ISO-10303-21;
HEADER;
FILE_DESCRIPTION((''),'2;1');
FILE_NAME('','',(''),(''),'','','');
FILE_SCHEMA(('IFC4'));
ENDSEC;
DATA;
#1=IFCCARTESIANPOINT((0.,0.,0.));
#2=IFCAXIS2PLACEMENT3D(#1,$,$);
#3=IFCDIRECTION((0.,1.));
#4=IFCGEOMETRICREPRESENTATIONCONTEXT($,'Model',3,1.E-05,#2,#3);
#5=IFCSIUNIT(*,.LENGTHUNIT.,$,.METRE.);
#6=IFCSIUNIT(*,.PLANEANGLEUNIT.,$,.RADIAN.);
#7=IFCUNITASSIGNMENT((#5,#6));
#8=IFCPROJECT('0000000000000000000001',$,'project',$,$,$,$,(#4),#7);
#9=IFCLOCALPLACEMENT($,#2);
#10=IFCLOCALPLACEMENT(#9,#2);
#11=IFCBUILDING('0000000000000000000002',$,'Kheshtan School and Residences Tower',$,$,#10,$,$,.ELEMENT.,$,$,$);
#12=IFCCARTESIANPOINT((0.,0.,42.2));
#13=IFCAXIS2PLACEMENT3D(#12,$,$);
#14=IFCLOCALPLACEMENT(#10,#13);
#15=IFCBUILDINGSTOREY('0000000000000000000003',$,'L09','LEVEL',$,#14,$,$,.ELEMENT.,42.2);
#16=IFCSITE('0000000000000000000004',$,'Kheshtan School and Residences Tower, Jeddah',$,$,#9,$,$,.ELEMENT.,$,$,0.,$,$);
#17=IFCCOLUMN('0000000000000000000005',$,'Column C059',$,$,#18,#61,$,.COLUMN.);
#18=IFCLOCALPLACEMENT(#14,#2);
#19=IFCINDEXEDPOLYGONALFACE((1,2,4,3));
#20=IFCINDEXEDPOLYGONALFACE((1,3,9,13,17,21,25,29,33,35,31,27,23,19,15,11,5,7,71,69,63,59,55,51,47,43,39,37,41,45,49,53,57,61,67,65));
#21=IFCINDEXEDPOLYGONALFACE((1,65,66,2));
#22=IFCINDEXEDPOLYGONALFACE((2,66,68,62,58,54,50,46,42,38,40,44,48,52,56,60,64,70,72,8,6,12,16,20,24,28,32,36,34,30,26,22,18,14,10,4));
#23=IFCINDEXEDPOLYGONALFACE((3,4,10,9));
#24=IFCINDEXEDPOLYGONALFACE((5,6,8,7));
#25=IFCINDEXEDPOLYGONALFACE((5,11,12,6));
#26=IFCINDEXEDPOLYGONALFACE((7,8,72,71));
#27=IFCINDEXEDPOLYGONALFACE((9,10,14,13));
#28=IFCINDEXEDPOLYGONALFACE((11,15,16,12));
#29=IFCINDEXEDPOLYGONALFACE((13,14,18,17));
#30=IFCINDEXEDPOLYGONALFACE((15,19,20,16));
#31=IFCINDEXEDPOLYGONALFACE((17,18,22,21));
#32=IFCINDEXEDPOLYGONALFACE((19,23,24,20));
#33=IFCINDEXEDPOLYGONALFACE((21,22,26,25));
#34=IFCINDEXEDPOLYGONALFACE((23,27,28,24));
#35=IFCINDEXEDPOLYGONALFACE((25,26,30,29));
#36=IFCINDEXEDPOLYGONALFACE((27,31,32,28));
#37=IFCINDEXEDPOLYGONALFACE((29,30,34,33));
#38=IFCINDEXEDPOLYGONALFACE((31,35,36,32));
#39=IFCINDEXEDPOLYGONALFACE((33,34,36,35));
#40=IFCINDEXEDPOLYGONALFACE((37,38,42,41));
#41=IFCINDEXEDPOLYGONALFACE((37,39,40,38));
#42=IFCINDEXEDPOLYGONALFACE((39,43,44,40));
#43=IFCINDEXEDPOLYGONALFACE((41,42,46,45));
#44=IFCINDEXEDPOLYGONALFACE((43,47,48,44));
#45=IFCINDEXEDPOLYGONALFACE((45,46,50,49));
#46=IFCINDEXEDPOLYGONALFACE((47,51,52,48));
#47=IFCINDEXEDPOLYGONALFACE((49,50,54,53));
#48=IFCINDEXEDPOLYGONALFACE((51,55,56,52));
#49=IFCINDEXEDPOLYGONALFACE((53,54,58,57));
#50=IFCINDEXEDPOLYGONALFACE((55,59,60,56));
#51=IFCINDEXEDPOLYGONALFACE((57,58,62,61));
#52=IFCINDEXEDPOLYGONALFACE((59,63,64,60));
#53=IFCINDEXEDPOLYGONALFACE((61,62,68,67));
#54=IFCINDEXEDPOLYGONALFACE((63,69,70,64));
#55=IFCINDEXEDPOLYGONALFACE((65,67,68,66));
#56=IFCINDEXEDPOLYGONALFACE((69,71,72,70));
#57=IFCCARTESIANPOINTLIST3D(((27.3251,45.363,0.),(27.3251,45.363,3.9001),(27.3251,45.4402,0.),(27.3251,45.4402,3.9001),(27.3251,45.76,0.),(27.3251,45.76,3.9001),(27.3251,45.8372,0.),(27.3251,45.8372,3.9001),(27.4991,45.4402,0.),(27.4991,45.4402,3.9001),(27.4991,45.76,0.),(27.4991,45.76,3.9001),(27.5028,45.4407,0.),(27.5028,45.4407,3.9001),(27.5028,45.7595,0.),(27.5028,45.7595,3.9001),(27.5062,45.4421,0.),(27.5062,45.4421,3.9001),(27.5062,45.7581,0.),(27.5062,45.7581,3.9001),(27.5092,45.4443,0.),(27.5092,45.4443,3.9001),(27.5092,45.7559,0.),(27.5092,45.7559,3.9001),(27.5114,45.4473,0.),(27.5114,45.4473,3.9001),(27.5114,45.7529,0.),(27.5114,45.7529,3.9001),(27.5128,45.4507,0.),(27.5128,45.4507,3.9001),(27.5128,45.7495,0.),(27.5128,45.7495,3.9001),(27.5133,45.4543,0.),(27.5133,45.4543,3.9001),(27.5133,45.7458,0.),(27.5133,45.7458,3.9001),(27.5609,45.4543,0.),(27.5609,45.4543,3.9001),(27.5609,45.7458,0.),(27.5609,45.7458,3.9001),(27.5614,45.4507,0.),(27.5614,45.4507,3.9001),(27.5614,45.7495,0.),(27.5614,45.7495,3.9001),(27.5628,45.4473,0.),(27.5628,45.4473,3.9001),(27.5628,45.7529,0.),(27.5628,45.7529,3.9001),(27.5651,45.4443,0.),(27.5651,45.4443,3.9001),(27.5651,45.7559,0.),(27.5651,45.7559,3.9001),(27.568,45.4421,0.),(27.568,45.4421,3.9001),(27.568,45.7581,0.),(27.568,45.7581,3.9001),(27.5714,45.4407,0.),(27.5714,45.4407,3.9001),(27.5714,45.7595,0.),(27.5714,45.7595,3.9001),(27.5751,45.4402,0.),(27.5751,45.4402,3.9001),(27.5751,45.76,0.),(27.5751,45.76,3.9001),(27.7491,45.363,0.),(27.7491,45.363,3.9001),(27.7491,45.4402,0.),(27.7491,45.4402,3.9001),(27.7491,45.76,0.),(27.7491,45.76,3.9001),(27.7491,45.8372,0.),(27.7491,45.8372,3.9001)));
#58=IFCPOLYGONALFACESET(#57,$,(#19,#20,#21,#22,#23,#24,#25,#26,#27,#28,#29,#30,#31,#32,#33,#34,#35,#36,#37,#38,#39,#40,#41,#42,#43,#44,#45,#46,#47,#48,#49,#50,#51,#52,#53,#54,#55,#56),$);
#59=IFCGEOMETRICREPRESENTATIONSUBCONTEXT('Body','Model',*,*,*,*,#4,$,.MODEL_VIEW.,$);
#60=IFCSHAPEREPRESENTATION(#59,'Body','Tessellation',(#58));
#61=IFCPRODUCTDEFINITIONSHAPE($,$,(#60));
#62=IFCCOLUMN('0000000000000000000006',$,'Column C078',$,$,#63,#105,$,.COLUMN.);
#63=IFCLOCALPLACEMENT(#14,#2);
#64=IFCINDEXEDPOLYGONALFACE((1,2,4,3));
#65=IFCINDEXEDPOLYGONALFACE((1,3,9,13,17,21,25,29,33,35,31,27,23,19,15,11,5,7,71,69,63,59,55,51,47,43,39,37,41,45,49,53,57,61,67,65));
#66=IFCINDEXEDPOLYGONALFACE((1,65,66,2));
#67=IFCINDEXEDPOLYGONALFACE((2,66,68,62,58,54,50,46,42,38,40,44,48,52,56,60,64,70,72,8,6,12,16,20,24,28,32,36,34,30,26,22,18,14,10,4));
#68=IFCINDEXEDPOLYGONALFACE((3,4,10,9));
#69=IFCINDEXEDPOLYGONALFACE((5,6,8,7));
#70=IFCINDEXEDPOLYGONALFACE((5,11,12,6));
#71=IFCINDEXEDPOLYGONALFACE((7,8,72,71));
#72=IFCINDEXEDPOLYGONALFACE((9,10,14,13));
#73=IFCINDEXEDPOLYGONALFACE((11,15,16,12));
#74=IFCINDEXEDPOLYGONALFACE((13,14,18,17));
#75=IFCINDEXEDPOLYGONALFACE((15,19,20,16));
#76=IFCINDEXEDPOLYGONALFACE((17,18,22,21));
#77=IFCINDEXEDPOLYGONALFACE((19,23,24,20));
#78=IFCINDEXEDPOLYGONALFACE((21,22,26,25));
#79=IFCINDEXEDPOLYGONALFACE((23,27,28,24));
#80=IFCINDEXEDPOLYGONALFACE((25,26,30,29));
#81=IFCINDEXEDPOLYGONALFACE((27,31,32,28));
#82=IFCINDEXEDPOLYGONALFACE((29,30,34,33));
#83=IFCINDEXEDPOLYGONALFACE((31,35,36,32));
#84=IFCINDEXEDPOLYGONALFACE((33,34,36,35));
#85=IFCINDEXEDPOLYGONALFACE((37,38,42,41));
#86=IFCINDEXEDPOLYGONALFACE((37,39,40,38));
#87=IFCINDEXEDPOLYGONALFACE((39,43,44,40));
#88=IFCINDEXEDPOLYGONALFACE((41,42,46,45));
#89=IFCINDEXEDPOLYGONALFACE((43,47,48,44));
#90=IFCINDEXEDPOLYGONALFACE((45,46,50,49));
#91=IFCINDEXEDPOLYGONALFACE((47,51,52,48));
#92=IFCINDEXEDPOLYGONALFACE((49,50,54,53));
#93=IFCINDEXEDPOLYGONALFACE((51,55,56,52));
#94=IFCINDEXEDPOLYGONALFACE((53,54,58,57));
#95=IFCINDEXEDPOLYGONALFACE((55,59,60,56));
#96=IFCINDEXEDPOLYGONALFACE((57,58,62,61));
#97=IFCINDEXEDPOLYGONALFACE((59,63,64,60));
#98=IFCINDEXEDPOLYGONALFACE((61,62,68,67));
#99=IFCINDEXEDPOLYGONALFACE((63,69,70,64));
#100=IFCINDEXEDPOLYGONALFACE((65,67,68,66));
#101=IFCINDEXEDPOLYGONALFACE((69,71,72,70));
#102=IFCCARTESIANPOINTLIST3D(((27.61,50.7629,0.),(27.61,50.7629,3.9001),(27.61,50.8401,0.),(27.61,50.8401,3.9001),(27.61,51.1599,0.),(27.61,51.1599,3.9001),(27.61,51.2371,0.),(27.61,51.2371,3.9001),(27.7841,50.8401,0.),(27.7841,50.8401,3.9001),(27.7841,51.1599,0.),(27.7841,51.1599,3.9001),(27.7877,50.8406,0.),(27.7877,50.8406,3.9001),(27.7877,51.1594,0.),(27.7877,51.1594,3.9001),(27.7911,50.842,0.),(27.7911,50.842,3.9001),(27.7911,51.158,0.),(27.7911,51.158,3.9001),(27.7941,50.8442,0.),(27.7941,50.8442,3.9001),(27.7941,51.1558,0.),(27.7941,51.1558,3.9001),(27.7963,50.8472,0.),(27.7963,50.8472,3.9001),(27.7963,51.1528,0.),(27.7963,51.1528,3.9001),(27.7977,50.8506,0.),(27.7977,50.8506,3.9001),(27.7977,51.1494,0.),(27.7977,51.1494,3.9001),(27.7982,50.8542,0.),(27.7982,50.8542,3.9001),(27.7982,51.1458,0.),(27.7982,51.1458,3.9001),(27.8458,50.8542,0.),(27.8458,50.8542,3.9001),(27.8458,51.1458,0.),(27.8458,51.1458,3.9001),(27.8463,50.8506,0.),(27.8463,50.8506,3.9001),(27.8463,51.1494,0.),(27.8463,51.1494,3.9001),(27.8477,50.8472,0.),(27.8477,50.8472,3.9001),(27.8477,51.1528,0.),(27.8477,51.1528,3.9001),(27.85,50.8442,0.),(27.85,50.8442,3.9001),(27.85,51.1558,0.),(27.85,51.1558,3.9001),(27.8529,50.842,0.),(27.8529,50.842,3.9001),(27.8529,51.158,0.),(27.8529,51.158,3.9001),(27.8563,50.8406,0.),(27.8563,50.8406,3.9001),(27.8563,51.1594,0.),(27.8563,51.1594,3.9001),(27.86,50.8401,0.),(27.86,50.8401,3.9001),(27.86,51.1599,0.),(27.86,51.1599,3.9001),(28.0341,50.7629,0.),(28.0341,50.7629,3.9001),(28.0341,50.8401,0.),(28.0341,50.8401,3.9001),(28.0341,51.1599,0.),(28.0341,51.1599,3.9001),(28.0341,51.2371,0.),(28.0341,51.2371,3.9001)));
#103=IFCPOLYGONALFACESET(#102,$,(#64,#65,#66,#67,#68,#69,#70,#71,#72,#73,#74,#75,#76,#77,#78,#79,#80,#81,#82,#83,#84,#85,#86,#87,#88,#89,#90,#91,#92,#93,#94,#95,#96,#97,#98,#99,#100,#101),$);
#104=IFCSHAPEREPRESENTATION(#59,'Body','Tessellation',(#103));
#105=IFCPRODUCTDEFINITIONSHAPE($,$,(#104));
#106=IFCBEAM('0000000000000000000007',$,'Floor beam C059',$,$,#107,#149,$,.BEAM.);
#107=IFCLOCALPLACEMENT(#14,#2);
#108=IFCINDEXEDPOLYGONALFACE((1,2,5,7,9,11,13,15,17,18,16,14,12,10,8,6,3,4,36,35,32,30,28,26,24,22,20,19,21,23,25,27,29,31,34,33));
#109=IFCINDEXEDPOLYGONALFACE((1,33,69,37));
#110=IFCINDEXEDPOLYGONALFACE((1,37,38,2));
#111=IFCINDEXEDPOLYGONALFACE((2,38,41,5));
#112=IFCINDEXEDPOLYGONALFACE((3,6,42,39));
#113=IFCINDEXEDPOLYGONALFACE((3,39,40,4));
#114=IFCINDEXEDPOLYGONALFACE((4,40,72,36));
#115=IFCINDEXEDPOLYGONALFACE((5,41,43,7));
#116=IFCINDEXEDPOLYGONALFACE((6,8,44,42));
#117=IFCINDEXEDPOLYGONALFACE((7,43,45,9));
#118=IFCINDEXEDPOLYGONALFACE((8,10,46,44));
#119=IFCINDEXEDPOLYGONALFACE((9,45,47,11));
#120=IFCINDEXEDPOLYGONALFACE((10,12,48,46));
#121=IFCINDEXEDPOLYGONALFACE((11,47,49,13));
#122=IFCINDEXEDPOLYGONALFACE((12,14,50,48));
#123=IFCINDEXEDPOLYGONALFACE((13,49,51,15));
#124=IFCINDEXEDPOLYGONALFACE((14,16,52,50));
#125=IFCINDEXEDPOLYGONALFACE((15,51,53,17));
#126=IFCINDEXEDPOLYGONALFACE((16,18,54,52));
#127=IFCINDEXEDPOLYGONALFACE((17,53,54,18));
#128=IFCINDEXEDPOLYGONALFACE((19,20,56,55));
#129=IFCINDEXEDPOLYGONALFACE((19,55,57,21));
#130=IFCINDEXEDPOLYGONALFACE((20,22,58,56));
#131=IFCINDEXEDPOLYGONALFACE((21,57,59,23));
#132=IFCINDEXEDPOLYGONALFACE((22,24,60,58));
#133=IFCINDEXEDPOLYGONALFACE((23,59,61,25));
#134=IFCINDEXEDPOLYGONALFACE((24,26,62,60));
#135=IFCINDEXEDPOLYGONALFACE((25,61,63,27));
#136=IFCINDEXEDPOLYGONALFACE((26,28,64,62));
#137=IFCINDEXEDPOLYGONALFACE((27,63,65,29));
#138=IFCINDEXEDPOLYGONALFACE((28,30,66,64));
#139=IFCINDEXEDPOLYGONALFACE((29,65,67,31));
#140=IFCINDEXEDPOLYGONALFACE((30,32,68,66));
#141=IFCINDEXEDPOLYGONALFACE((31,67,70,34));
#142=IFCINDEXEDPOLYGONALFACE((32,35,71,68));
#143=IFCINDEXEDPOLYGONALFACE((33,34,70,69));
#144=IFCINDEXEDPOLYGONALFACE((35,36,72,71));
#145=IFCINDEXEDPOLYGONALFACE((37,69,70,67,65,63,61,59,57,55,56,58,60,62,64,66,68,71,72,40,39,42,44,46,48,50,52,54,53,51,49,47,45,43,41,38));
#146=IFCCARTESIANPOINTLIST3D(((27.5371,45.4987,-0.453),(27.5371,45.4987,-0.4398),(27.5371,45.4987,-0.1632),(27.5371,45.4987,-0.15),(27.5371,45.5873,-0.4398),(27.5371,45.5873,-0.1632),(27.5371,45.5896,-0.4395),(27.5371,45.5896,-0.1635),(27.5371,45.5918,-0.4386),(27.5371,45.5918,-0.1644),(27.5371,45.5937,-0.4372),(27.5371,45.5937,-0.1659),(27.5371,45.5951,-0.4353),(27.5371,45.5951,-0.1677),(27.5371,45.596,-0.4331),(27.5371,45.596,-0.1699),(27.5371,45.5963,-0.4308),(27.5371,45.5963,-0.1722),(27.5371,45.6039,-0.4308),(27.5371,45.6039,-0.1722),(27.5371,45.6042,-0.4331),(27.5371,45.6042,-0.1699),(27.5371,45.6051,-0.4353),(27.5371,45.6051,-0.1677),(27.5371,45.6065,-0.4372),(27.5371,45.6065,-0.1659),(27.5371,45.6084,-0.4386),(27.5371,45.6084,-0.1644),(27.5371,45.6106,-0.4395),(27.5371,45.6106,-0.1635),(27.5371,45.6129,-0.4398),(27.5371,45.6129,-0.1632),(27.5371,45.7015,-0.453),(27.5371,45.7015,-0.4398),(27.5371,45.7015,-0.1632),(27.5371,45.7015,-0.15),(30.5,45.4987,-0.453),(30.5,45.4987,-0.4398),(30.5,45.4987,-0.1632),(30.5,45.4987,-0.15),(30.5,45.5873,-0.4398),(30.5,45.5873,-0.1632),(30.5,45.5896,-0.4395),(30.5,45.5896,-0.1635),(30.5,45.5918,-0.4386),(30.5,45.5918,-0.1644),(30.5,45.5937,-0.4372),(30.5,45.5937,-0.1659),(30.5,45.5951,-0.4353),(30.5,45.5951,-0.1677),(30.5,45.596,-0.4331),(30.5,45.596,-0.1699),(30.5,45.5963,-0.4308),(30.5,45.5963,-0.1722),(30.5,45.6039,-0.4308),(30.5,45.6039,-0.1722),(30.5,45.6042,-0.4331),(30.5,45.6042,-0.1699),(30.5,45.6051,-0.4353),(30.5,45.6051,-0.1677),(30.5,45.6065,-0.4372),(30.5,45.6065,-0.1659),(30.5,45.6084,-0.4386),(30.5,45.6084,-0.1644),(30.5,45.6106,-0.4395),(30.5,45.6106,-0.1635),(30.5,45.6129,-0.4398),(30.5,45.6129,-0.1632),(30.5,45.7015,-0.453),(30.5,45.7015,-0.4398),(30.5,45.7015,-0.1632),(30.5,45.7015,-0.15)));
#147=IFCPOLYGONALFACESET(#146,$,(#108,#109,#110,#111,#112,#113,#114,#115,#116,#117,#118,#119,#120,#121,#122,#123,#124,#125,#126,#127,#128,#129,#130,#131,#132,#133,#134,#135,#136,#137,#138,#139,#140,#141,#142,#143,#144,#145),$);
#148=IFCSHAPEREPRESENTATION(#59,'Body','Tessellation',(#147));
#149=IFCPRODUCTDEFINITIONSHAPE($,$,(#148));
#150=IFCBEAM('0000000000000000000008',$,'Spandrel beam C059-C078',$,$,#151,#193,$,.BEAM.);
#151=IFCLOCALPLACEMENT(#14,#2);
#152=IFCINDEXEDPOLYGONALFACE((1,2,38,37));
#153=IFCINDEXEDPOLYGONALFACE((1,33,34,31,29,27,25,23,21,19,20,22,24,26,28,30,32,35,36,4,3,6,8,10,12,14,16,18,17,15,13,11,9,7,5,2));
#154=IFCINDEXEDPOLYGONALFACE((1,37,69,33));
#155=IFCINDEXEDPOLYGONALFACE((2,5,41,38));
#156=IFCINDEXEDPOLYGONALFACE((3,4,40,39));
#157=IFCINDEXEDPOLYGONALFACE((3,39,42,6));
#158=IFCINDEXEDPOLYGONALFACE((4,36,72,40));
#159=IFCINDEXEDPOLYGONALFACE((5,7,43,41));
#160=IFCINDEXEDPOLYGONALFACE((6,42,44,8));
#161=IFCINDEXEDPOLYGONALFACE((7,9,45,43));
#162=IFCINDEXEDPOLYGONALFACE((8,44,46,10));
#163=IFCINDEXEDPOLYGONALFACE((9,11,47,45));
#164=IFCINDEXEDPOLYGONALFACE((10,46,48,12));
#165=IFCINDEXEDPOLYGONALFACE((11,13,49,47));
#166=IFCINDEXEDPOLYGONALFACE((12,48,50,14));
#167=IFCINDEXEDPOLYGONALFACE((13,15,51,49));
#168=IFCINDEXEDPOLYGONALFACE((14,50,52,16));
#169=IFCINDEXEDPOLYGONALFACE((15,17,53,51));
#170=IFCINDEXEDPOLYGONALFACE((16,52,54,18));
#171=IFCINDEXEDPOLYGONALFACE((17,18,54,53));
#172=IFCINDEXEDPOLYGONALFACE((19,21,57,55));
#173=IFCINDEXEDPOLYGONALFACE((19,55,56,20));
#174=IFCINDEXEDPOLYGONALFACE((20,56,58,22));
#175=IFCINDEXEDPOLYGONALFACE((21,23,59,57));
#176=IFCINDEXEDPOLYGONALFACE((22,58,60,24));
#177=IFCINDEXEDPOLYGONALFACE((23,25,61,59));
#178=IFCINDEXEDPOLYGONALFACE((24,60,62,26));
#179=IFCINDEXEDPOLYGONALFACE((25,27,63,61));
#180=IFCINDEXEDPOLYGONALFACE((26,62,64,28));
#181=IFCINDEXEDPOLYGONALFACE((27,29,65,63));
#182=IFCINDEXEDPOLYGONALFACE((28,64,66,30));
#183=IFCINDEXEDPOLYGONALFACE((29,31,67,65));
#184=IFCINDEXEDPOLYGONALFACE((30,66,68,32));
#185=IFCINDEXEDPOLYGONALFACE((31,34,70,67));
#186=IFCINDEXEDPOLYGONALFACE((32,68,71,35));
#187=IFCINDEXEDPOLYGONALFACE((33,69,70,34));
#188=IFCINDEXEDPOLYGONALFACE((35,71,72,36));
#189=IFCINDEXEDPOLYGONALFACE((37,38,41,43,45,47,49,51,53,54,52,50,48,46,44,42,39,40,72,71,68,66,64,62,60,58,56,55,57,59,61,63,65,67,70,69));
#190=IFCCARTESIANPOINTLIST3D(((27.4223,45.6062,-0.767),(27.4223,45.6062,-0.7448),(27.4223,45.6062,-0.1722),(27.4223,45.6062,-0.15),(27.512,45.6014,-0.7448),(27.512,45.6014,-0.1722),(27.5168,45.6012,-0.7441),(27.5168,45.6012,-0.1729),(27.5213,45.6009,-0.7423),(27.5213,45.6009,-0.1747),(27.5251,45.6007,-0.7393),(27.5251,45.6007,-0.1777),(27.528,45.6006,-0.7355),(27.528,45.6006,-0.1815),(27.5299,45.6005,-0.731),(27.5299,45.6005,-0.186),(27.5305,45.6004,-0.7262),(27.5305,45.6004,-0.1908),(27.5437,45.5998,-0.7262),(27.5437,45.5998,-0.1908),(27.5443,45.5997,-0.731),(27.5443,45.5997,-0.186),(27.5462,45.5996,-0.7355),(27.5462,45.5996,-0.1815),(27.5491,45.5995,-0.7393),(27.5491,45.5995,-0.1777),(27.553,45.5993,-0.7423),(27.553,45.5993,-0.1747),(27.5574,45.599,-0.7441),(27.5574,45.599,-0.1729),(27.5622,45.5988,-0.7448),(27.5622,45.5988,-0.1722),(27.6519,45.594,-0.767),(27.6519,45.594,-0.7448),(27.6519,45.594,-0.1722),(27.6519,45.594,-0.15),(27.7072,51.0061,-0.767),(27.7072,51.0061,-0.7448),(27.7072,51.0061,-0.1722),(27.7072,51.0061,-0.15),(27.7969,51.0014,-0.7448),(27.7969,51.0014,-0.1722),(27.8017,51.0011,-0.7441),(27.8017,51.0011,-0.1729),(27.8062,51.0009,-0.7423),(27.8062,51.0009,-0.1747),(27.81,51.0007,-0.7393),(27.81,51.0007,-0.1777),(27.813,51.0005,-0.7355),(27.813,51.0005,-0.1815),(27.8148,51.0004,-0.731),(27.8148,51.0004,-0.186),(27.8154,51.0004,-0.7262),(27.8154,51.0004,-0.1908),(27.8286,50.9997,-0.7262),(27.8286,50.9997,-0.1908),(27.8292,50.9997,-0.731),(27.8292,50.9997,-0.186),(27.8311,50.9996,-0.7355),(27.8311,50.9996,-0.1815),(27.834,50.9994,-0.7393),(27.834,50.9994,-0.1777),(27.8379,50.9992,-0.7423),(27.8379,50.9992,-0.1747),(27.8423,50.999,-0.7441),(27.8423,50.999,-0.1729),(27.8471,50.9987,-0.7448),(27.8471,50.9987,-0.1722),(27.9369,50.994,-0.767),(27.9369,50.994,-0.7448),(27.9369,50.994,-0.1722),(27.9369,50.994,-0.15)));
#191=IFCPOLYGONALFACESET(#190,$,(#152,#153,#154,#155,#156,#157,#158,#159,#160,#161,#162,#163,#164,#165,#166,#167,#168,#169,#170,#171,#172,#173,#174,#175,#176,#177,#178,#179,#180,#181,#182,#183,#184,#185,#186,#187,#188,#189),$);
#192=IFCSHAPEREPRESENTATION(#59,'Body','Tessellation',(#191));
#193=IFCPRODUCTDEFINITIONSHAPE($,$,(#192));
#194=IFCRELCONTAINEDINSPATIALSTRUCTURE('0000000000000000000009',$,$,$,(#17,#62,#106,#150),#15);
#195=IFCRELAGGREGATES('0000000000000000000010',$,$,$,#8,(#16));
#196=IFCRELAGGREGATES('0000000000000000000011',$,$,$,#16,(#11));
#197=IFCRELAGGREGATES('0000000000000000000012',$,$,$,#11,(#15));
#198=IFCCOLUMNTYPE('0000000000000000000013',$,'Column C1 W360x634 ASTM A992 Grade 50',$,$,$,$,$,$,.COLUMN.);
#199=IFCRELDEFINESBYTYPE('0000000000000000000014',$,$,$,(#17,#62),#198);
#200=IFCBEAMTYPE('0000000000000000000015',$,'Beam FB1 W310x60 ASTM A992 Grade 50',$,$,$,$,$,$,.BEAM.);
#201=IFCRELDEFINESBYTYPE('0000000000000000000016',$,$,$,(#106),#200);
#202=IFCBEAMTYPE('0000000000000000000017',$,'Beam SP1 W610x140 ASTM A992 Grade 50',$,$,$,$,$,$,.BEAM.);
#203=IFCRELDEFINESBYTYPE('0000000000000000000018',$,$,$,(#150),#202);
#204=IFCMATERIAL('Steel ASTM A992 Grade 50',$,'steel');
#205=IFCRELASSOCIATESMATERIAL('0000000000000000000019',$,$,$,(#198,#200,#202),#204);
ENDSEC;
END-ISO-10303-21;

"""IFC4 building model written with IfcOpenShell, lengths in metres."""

from ifc_helpers import new_model, si_unit, direction, frame, origin, origin_2d, place, context, subcontext, project, spatial, i_section, extrude, material, material_profile, profile_set, type_object, element, save


model = new_model("IFC4")

# Units and contexts
model_context = context("Model", 3, precision=1e-05, world=origin(), true_north=direction((0.0, 1.0)))
body_context = subcontext(model_context, "Body", "Model", "MODEL_VIEW")
ifc_project = project(units=[si_unit("LENGTHUNIT", "METRE"), si_unit("PLANEANGLEUNIT", "RADIAN")], contexts=[model_context])

# Site, building, storey
site_placement = place(None, origin())
site = spatial("IfcSite", under=ifc_project, at=site_placement, Name="Kheshtan School and Residences Tower, Jeddah", CompositionType="ELEMENT", RefElevation=0.0)
building_placement = place(site_placement, origin())
building = spatial("IfcBuilding", under=site, at=building_placement, Name="Kheshtan School and Residences Tower", CompositionType="ELEMENT")
storey_placement = place(building_placement, frame((0.0, 0.0, 42.2)))
storey = spatial("IfcBuildingStorey", under=building, at=storey_placement, Name="L09", Description="LEVEL", CompositionType="ELEMENT", Elevation=42.2)

# Columns
ifc_material_1 = material(Name="Steel ASTM A992 Grade 50", Category="steel")
ifc_material_profile_1 = material_profile(ifc_material_1, i_section(OverallWidth=0.4241, OverallDepth=0.4741, WebThickness=0.0476, FlangeThickness=0.0771, FilletRadius=0.0142, at=origin_2d()), Name="W360x634")
ifc_profile_set_1 = profile_set([ifc_material_profile_1], Name="Steel ASTM A992 Grade 50")
column_type = type_object("IfcColumnType", Name="Column C1 W360x634 ASTM A992 Grade 50", PredefinedType="COLUMN", material=ifc_profile_set_1)
for number, where, z_axis, x_axis, name in (
    (1, (27.5371, 45.6001, 0.0), (0.0, 0.0, 1.0), (1.0, 0.0, 0.0), "Column C059"),
    (2, (27.822, 51.0, 0.0), (0.0, 0.0, 1.0), (1.0, 0.0, 0.0), "Column C078"),
):
    element("IfcColumn", number, at=place(storey_placement, frame(where, z_axis=z_axis, x_axis=x_axis)), inside=storey, type_object=column_type, Name=name, PredefinedType="COLUMN", context=body_context, shape_type="SweptSolid", body=[
        extrude(i_section(OverallWidth=0.4241, OverallDepth=0.4741, WebThickness=0.0476, FlangeThickness=0.0771, FilletRadius=0.0142, at=origin_2d()), origin(), (0.0, 0.0, 1.0), 3.9001),
    ])

# Beams
ifc_material_profile_2 = material_profile(ifc_material_1, i_section(OverallWidth=0.2029, OverallDepth=0.303, WebThickness=0.0076, FlangeThickness=0.0132, FilletRadius=0.009, at=origin_2d()), Name="W310x60")
ifc_profile_set_2 = profile_set([ifc_material_profile_2], Name="Steel ASTM A992 Grade 50")
beam_type_1 = type_object("IfcBeamType", Name="Beam FB1 W310x60 ASTM A992 Grade 50", PredefinedType="BEAM", material=ifc_profile_set_2)
beam_placement = place(storey_placement, frame((27.5371, 45.6001, -0.3015), z_axis=(1.0, 0.0, 0.0), x_axis=(0.0, 1.0, 0.0)))
element("IfcBeam", 3, at=beam_placement, inside=storey, type_object=beam_type_1, Name="Floor beam C059", PredefinedType="BEAM", context=body_context, shape_type="SweptSolid", body=[
    extrude(i_section(OverallWidth=0.2029, OverallDepth=0.303, WebThickness=0.0076, FlangeThickness=0.0132, FilletRadius=0.009, at=origin_2d()), origin(), (0.0, 0.0, 1.0), 2.9629),
])
ifc_material_profile_3 = material_profile(ifc_material_1, i_section(OverallWidth=0.23, OverallDepth=0.6169, WebThickness=0.0132, FlangeThickness=0.0222, FilletRadius=0.0186, at=origin_2d()), Name="W610x140")
ifc_profile_set_3 = profile_set([ifc_material_profile_3], Name="Steel ASTM A992 Grade 50")
beam_type_2 = type_object("IfcBeamType", Name="Beam SP1 W610x140 ASTM A992 Grade 50", PredefinedType="BEAM", material=ifc_profile_set_3)
for number, where, z_axis, x_axis, name in (
    (4, (27.5371, 45.6001, -0.4585), (0.052689, 0.998611, 0.0), (-0.998611, 0.052689, 0.0), "Spandrel beam C059-C078"),
):
    element("IfcBeam", number, at=place(storey_placement, frame(where, z_axis=z_axis, x_axis=x_axis)), inside=storey, type_object=beam_type_2, Name=name, PredefinedType="BEAM", context=body_context, shape_type="SweptSolid", body=[
        extrude(i_section(OverallWidth=0.23, OverallDepth=0.6169, WebThickness=0.0132, FlangeThickness=0.0222, FilletRadius=0.0186, at=origin_2d()), origin(), (0.0, 0.0, 1.0), 5.4075),
    ])

save(model, "model.ifc")
